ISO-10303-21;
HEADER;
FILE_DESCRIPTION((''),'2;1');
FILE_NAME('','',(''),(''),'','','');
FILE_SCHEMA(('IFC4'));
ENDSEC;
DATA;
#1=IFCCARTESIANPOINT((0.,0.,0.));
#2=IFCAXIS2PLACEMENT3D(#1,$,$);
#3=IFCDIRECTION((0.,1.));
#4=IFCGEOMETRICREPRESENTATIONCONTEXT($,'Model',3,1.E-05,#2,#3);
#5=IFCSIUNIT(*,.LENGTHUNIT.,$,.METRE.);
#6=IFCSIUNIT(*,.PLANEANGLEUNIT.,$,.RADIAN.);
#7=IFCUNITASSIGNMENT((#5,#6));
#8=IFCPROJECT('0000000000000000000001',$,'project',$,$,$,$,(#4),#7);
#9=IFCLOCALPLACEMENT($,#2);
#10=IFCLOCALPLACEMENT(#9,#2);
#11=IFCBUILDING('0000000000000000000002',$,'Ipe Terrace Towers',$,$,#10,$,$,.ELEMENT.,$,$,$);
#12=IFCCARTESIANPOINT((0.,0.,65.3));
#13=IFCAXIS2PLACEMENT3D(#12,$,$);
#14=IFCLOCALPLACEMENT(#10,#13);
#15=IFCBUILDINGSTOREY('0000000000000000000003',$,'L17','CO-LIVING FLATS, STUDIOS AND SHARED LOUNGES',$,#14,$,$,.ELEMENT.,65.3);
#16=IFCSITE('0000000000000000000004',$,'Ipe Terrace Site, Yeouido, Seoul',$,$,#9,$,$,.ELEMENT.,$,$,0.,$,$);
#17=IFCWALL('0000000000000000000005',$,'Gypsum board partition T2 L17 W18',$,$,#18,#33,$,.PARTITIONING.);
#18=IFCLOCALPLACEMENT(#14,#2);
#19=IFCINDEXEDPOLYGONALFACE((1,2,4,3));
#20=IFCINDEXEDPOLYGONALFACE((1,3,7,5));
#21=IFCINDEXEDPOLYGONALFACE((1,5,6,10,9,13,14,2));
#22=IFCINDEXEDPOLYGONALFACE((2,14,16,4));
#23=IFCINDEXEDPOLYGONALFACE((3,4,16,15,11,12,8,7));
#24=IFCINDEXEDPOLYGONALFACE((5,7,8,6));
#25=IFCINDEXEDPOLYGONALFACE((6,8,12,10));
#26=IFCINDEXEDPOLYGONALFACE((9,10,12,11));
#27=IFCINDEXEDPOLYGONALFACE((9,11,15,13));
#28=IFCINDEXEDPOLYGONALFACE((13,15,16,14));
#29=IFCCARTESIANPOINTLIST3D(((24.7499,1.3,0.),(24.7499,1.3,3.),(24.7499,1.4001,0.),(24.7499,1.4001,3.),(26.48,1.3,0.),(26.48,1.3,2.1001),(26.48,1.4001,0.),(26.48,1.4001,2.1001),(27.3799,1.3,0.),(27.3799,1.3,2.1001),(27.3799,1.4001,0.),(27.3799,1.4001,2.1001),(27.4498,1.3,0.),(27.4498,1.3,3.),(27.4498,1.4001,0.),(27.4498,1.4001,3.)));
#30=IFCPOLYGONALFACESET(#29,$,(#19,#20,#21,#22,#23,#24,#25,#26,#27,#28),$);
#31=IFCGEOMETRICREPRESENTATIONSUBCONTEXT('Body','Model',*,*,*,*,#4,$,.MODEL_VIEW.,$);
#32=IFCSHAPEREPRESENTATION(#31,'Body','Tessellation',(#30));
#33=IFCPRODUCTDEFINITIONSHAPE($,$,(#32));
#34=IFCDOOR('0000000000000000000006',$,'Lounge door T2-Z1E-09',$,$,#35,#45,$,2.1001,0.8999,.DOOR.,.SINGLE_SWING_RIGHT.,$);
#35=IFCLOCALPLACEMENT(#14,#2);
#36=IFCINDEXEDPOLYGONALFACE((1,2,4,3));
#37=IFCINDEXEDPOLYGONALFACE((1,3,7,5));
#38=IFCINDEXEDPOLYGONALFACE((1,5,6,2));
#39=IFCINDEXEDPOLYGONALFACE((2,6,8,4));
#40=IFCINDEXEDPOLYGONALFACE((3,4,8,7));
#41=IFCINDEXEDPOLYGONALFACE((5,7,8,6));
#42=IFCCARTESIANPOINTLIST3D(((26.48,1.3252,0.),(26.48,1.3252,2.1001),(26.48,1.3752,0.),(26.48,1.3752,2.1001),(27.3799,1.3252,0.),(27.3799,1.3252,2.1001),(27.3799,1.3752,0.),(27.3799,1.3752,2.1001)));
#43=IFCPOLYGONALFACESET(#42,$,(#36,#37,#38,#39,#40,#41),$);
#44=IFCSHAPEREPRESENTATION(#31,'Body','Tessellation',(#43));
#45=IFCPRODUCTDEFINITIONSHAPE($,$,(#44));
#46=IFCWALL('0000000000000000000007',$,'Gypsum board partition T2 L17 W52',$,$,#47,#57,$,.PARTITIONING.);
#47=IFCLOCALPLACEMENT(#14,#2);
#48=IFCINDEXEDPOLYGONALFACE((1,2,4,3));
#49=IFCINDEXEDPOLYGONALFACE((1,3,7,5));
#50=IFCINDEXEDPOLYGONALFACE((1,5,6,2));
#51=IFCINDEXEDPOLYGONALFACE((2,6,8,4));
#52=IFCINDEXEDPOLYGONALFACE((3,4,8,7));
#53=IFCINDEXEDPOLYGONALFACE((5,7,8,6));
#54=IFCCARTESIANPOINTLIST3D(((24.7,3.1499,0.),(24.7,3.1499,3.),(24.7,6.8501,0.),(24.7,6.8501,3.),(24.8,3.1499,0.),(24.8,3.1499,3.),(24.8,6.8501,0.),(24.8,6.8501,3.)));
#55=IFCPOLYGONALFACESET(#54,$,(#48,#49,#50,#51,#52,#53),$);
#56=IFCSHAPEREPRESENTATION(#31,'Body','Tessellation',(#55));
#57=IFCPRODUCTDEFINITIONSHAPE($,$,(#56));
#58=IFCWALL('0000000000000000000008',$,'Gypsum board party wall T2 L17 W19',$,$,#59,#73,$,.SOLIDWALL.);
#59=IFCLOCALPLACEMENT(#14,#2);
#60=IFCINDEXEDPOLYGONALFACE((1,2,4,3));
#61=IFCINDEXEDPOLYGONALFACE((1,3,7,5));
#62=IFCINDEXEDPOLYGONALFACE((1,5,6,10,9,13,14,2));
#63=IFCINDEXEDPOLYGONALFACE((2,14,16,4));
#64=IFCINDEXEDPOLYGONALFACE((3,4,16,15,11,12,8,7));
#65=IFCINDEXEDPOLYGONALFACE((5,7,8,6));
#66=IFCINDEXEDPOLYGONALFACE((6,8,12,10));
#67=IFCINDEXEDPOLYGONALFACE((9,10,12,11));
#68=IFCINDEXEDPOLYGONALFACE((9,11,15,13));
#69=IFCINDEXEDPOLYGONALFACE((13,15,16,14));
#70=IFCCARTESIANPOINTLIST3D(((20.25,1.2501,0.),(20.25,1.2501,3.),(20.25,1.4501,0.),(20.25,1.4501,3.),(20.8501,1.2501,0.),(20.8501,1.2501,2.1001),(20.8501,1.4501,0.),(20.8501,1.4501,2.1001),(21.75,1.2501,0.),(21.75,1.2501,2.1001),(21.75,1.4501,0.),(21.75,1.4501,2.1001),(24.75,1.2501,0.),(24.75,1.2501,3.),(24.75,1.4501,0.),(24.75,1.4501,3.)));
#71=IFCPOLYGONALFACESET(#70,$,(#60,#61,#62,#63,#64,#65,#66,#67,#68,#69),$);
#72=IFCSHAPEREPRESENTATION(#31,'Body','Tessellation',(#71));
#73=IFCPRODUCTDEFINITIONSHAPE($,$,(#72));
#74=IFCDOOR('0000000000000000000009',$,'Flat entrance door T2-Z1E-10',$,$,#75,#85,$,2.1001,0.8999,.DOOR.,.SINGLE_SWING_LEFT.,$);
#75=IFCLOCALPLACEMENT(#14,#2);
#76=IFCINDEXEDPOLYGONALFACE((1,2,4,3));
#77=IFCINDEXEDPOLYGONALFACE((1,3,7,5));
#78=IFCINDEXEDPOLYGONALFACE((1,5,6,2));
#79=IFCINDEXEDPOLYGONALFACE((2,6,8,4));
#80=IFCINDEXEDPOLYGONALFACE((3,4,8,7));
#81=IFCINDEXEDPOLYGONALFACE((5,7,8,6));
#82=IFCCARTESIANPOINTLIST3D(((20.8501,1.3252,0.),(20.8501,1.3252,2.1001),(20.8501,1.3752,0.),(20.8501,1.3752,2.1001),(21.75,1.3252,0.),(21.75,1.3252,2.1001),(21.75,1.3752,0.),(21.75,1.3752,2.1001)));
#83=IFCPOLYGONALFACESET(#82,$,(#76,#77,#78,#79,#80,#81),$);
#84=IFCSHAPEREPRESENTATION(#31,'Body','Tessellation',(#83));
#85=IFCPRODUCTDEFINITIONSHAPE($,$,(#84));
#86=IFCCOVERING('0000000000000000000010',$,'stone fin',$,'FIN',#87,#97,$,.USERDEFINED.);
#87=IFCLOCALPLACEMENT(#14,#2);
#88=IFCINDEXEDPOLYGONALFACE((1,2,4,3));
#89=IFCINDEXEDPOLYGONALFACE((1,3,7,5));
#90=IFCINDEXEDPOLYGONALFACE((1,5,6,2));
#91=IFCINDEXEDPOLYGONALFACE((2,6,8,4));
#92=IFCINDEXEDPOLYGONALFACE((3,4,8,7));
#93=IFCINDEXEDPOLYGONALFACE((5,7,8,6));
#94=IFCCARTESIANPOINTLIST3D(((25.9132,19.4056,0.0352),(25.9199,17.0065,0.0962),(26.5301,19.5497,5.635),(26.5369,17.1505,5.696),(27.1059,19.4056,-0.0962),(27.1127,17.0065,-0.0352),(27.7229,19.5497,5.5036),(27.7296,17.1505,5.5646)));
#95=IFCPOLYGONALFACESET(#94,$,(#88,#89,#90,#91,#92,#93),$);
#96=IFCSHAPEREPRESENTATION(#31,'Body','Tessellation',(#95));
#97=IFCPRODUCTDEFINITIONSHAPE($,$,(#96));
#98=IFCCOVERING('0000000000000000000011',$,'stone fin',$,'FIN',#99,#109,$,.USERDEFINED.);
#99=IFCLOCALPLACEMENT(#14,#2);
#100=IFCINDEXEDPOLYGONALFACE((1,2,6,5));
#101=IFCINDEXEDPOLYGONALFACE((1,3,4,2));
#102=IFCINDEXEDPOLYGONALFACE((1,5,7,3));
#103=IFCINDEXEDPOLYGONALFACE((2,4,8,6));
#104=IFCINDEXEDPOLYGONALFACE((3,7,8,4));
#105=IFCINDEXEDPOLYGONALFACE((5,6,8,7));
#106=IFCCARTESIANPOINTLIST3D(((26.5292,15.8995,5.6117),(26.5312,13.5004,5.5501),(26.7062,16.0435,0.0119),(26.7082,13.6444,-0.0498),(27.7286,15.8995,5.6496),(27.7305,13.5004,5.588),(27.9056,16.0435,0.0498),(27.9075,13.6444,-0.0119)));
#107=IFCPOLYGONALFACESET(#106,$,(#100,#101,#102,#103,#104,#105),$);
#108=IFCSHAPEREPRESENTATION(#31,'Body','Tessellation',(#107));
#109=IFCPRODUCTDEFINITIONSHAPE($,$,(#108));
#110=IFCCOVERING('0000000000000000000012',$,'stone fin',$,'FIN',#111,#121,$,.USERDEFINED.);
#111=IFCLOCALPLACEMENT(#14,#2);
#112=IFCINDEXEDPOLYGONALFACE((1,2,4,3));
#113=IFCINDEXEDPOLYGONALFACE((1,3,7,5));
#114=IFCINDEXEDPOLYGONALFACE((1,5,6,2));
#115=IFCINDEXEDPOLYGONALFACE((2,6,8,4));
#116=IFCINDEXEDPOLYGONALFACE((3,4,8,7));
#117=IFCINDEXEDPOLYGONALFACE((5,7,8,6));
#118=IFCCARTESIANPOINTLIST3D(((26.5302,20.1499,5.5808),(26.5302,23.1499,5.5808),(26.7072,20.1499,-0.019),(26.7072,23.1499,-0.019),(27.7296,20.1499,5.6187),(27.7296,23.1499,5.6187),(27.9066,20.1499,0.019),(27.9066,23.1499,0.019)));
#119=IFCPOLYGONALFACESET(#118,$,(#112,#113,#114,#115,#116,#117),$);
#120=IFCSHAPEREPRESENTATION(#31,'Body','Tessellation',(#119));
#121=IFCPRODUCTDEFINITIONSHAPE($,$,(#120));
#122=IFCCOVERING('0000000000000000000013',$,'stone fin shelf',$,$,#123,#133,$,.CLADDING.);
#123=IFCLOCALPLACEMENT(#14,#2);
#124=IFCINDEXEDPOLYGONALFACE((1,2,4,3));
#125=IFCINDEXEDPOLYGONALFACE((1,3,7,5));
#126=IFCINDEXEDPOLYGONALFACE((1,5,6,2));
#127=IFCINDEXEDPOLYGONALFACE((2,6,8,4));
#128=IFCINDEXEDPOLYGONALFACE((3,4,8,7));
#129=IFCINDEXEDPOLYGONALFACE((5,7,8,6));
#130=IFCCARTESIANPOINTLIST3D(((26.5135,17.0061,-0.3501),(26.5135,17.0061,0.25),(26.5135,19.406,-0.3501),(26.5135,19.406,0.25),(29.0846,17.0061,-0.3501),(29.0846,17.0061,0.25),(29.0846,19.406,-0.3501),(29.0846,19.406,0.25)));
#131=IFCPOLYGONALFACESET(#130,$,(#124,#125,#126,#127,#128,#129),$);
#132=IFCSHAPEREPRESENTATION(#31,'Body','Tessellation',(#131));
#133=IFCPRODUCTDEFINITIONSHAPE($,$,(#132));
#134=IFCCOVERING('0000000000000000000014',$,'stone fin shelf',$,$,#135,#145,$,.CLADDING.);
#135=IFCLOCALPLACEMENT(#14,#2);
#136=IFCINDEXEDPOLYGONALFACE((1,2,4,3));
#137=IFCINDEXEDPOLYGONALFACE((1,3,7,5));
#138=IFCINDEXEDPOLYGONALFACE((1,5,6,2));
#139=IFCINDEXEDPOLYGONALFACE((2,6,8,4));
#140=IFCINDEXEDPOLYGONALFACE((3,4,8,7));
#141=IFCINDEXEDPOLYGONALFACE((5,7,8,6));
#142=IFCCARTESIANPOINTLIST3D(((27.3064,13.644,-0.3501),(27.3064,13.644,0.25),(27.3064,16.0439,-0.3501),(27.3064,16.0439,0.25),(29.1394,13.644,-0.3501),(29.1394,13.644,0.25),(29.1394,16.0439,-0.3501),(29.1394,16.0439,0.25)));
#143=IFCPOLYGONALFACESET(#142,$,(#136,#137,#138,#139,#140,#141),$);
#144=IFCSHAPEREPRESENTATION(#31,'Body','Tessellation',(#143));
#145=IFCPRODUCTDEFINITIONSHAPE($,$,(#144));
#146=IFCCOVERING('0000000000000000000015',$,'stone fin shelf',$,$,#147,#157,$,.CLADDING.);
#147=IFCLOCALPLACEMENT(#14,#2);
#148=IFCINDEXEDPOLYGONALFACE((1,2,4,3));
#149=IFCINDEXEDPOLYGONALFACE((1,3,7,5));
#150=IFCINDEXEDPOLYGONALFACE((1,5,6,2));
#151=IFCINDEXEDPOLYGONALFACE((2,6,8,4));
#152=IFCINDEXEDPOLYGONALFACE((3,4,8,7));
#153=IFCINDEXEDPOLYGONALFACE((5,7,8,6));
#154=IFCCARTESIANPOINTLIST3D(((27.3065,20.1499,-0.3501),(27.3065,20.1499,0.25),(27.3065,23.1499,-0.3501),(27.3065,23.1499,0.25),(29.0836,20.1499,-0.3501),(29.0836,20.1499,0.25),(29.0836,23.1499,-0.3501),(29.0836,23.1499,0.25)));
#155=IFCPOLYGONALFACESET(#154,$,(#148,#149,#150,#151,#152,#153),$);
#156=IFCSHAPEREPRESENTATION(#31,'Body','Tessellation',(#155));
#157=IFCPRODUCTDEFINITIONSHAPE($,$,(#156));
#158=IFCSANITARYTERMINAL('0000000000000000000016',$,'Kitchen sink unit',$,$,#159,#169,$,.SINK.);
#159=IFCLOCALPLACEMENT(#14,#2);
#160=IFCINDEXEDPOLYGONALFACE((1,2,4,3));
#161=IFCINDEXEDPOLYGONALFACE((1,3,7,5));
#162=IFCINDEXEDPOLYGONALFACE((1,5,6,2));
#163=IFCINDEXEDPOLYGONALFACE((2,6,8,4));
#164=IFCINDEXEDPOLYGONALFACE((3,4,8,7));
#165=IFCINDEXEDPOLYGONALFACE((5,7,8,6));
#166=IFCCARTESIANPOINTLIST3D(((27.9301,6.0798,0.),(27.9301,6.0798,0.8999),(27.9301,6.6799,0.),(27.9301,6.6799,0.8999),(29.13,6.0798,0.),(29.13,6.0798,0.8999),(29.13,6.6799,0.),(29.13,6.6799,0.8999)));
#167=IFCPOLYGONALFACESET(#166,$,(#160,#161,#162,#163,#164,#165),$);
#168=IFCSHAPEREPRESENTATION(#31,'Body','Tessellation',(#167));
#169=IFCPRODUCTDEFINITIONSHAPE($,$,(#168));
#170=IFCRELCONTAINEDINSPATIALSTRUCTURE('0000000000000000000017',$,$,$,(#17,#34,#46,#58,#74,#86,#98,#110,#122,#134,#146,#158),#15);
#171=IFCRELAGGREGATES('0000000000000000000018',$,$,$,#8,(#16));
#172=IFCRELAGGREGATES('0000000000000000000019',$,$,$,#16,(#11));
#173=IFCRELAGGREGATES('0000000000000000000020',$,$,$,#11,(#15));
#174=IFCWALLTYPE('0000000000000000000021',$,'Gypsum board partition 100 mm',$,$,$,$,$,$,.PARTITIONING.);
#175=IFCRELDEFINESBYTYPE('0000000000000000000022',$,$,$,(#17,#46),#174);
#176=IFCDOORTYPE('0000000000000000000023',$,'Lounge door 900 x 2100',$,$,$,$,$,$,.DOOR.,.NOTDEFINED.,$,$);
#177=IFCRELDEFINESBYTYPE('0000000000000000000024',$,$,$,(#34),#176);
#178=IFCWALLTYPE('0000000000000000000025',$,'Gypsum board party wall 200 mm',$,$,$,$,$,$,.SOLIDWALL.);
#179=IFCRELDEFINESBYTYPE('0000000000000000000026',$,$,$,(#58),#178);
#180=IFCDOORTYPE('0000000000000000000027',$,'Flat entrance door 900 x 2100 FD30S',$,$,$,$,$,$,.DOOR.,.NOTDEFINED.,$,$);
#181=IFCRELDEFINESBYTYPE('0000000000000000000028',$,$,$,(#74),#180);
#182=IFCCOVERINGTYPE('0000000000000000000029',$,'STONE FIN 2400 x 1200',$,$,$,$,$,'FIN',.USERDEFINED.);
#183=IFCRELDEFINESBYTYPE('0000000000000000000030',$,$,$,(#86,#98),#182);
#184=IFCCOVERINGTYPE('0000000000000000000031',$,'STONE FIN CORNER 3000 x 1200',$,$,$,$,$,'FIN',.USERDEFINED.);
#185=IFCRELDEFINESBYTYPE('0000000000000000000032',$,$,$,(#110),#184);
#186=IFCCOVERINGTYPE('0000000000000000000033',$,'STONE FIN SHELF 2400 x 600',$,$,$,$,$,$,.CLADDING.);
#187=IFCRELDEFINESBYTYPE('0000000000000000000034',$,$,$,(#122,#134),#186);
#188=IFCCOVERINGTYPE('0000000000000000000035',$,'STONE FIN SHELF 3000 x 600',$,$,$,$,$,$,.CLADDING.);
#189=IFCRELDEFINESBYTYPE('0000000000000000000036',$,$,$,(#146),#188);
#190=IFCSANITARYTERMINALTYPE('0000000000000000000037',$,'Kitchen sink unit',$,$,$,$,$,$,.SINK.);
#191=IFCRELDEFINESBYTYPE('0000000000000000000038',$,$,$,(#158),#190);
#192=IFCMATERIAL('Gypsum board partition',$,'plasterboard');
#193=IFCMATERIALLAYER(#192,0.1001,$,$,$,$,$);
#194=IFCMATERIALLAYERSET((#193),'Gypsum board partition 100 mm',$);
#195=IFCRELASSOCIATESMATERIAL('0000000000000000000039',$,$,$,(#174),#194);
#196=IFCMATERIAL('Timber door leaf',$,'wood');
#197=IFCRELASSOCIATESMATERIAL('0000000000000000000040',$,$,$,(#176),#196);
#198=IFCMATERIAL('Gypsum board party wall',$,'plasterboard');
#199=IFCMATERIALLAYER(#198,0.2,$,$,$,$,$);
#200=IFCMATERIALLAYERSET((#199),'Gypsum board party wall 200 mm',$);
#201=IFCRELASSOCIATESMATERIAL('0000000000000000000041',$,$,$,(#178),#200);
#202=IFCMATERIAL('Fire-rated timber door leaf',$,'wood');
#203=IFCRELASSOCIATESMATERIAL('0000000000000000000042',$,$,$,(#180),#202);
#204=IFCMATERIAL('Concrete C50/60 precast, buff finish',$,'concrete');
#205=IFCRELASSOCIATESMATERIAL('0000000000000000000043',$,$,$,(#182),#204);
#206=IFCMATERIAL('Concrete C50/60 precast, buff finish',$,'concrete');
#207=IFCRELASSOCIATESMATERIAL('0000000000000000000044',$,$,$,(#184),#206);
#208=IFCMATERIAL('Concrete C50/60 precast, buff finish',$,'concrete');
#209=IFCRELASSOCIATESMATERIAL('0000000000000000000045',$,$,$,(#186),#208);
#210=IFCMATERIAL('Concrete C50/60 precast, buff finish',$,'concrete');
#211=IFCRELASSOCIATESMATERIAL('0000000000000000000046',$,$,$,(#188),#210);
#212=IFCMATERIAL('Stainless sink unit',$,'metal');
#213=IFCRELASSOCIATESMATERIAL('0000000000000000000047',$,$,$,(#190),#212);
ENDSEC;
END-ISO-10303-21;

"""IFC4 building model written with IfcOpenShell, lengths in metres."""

from ifc_helpers import new_model, si_unit, direction, frame, frame_2d, origin, origin_2d, place, context, subcontext, project, spatial, rectangle, extrude, material, layer, layer_set, material_profile, profile_set, type_object, element, fill, save


model = new_model("IFC4")

# Units and contexts
model_context = context("Model", 3, precision=1e-05, world=origin(), true_north=direction((0.0, 1.0)))
body_context = subcontext(model_context, "Body", "Model", "MODEL_VIEW")
ifc_project = project(units=[si_unit("LENGTHUNIT", "METRE"), si_unit("PLANEANGLEUNIT", "RADIAN")], contexts=[model_context])

# Site, building, storey
site_placement = place(None, origin())
site = spatial("IfcSite", under=ifc_project, at=site_placement, Name="Ipe Terrace Site, Yeouido, Seoul", CompositionType="ELEMENT", RefElevation=0.0)
building_placement = place(site_placement, origin())
building = spatial("IfcBuilding", under=site, at=building_placement, Name="Ipe Terrace Towers", CompositionType="ELEMENT")
storey_placement = place(building_placement, frame((0.0, 0.0, 65.3)))
storey = spatial("IfcBuildingStorey", under=building, at=storey_placement, Name="L17", Description="CO-LIVING FLATS, STUDIOS AND SHARED LOUNGES", CompositionType="ELEMENT", Elevation=65.3)

# Wall, opening, door
ifc_material_1 = material(Name="Gypsum board partition", Category="plasterboard")
ifc_layer_1 = layer(ifc_material_1, 0.1001)
ifc_layer_set_1 = layer_set([ifc_layer_1], Name="Gypsum board partition 100 mm")
wall_type_1 = type_object("IfcWallType", Name="Gypsum board partition 100 mm", PredefinedType="PARTITIONING", material=ifc_layer_set_1)
wall_1_placement = place(storey_placement, frame((27.45, 1.3501, 0.0), z_axis=(0.0, 0.0, 1.0), x_axis=(-1.0, 0.0, 0.0)))
wall_1 = element("IfcWall", 1, at=wall_1_placement, inside=storey, type_object=wall_type_1, Name="Gypsum board partition T2 L17 W18", PredefinedType="PARTITIONING", context=body_context, shape_type="SweptSolid", body=[
    extrude(rectangle(XDim=2.7, YDim=0.1001, at=frame_2d((1.3501, 0.0))), origin(), (0.0, 0.0, 1.0), 3.0),
])
opening_1_placement = place(wall_1_placement, frame((0.0701, 0.0, 0.0)))
opening_1 = element("IfcOpeningElement", 2, at=opening_1_placement, cuts=wall_1, PredefinedType="OPENING", context=body_context, shape_type="SweptSolid", body=[
    extrude(rectangle(XDim=0.8999, YDim=2.1001, at=frame_2d((0.45, 1.05))), frame((0.0, 0.0601, 0.0), z_axis=(0.0, -1.0, 0.0), x_axis=(1.0, 0.0, 0.0)), (0.0, 0.0, 1.0), 0.1201),
])
ifc_material_2 = material(Name="Timber door leaf", Category="wood")
door_type_1 = type_object("IfcDoorType", Name="Lounge door 900 x 2100", OperationType="NOTDEFINED", PredefinedType="DOOR", material=ifc_material_2)
door_1_placement = place(opening_1_placement, origin())
door_1 = element("IfcDoor", 3, at=door_1_placement, inside=storey, type_object=door_type_1, Name="Lounge door T2-Z1E-09", OperationType="SINGLE_SWING_RIGHT", OverallHeight=2.1001, OverallWidth=0.8999, PredefinedType="DOOR", context=body_context, shape_type="SweptSolid", body=[
    extrude(rectangle(XDim=0.8999, YDim=2.1001, at=frame_2d((0.45, 1.05))), frame((0.0, 0.0249, 0.0), z_axis=(0.0, -1.0, 0.0), x_axis=(1.0, 0.0, 0.0)), (0.0, 0.0, 1.0), 0.05),
])
fill(opening_1, door_1)

# Wall
wall_2_placement = place(storey_placement, frame((24.75, 3.1499, 0.0), z_axis=(0.0, 0.0, 1.0), x_axis=(0.0, 1.0, 0.0)))
element("IfcWall", 4, at=wall_2_placement, inside=storey, type_object=wall_type_1, Name="Gypsum board partition T2 L17 W52", PredefinedType="PARTITIONING", context=body_context, shape_type="SweptSolid", body=[
    extrude(rectangle(XDim=3.7002, YDim=0.1001, at=frame_2d((1.8501, 0.0))), origin(), (0.0, 0.0, 1.0), 3.0),
])

# Wall, opening, door
ifc_material_3 = material(Name="Gypsum board party wall", Category="plasterboard")
ifc_layer_2 = layer(ifc_material_3, 0.2)
ifc_layer_set_2 = layer_set([ifc_layer_2], Name="Gypsum board party wall 200 mm")
wall_type_2 = type_object("IfcWallType", Name="Gypsum board party wall 200 mm", PredefinedType="SOLIDWALL", material=ifc_layer_set_2)
wall_3_placement = place(storey_placement, frame((24.75, 1.3501, 0.0), z_axis=(0.0, 0.0, 1.0), x_axis=(-1.0, 0.0, 0.0)))
wall_3 = element("IfcWall", 5, at=wall_3_placement, inside=storey, type_object=wall_type_2, Name="Gypsum board party wall T2 L17 W19", PredefinedType="SOLIDWALL", context=body_context, shape_type="SweptSolid", body=[
    extrude(rectangle(XDim=4.5, YDim=0.2, at=frame_2d((2.25, 0.0))), origin(), (0.0, 0.0, 1.0), 3.0),
])
opening_2_placement = place(wall_3_placement, frame((3.0, 0.0, 0.0)))
opening_2 = element("IfcOpeningElement", 6, at=opening_2_placement, cuts=wall_3, PredefinedType="OPENING", context=body_context, shape_type="SweptSolid", body=[
    extrude(rectangle(XDim=0.8999, YDim=2.1001, at=frame_2d((0.45, 1.05))), frame((0.0, 0.1099, 0.0), z_axis=(0.0, -1.0, 0.0), x_axis=(1.0, 0.0, 0.0)), (0.0, 0.0, 1.0), 0.22),
])
ifc_material_4 = material(Name="Fire-rated timber door leaf", Category="wood")
door_type_2 = type_object("IfcDoorType", Name="Flat entrance door 900 x 2100 FD30S", OperationType="NOTDEFINED", PredefinedType="DOOR", material=ifc_material_4)
door_2_placement = place(opening_2_placement, origin())
door_2 = element("IfcDoor", 7, at=door_2_placement, inside=storey, type_object=door_type_2, Name="Flat entrance door T2-Z1E-10", OperationType="SINGLE_SWING_LEFT", OverallHeight=2.1001, OverallWidth=0.8999, PredefinedType="DOOR", context=body_context, shape_type="SweptSolid", body=[
    extrude(rectangle(XDim=0.8999, YDim=2.1001, at=frame_2d((0.45, 1.05))), frame((0.0, 0.0249, 0.0), z_axis=(0.0, -1.0, 0.0), x_axis=(1.0, 0.0, 0.0)), (0.0, 0.0, 1.0), 0.05),
])
fill(opening_2, door_2)

# Coverings
ifc_material_5 = material(Name="Concrete C50/60 precast, buff finish", Category="concrete")
ifc_material_profile_1 = material_profile(ifc_material_5, rectangle(XDim=2.3999, YDim=1.2, at=origin_2d()), Name="STONE FIN 2400 x 1200")
ifc_profile_set_1 = profile_set([ifc_material_profile_1], Name="Concrete C50/60 precast, buff finish")
covering_type_1 = type_object("IfcCoveringType", Name="STONE FIN 2400 x 1200", ElementType="FIN", PredefinedType="USERDEFINED", material=ifc_profile_set_1)
covering_1_placement = place(storey_placement, frame((26.5129, 18.2061, 0.0), z_axis=(0.109473, 0.02556, 0.993661), x_axis=(0.002799, -0.999673, 0.025406)))
element("IfcCovering", 8, at=covering_1_placement, inside=storey, type_object=covering_type_1, Name="stone fin", ObjectType="FIN", PredefinedType="USERDEFINED", context=body_context, shape_type="SweptSolid", body=[
    extrude(rectangle(XDim=2.3999, YDim=1.2, at=origin_2d()), origin(), (0.0, 0.0, 1.0), 5.6355),
])
covering_2_placement = place(storey_placement, frame((27.3069, 14.844, 0.0), z_axis=(-0.031582, -0.025701, 0.999171), x_axis=(0.000812, -0.99967, -0.025688)))
element("IfcCovering", 9, at=covering_2_placement, inside=storey, type_object=covering_type_1, Name="stone fin", ObjectType="FIN", PredefinedType="USERDEFINED", context=body_context, shape_type="SweptSolid", body=[
    extrude(rectangle(XDim=2.3999, YDim=1.2, at=origin_2d()), origin(), (0.0, 0.0, 1.0), 5.6045),
])
ifc_material_6 = material(Name="Concrete C50/60 precast, buff finish", Category="concrete")
ifc_material_profile_2 = material_profile(ifc_material_6, rectangle(XDim=3.0, YDim=1.2, at=origin_2d()), Name="STONE FIN CORNER 3000 x 1200")
ifc_profile_set_2 = profile_set([ifc_material_profile_2], Name="Concrete C50/60 precast, buff finish")
covering_type_2 = type_object("IfcCoveringType", Name="STONE FIN CORNER 3000 x 1200", ElementType="FIN", PredefinedType="USERDEFINED", material=ifc_profile_set_2)
covering_3_placement = place(storey_placement, frame((27.3069, 21.6499, 0.0), z_axis=(-0.031593, 0.0, 0.999501), x_axis=(0.0, -1.0, 0.0)))
element("IfcCovering", 10, at=covering_3_placement, inside=storey, type_object=covering_type_2, Name="stone fin", ObjectType="FIN", PredefinedType="USERDEFINED", context=body_context, shape_type="SweptSolid", body=[
    extrude(rectangle(XDim=3.0, YDim=1.2, at=origin_2d()), origin(), (0.0, 0.0, 1.0), 5.6025),
])
ifc_material_7 = material(Name="Concrete C50/60 precast, buff finish", Category="concrete")
covering_type_3 = type_object("IfcCoveringType", Name="STONE FIN SHELF 2400 x 600", PredefinedType="CLADDING", material=ifc_material_7)
covering_4_placement = place(storey_placement, frame((27.7991, 18.2061, -0.3501), z_axis=(0.0, 0.0, 1.0), x_axis=(0.0, -1.0, 0.0)))
element("IfcCovering", 11, at=covering_4_placement, inside=storey, type_object=covering_type_3, Name="stone fin shelf", PredefinedType="CLADDING", context=body_context, shape_type="SweptSolid", body=[
    extrude(rectangle(XDim=2.3999, YDim=2.571, at=origin_2d()), origin(), (0.0, 0.0, 1.0), 0.6001),
])
covering_5_placement = place(storey_placement, frame((28.2229, 14.844, -0.3501), z_axis=(0.0, 0.0, 1.0), x_axis=(0.0, -1.0, 0.0)))
element("IfcCovering", 12, at=covering_5_placement, inside=storey, type_object=covering_type_3, Name="stone fin shelf", PredefinedType="CLADDING", context=body_context, shape_type="SweptSolid", body=[
    extrude(rectangle(XDim=2.3999, YDim=1.833, at=origin_2d()), origin(), (0.0, 0.0, 1.0), 0.6001),
])
ifc_material_8 = material(Name="Concrete C50/60 precast, buff finish", Category="concrete")
covering_type_4 = type_object("IfcCoveringType", Name="STONE FIN SHELF 3000 x 600", PredefinedType="CLADDING", material=ifc_material_8)
covering_6_placement = place(storey_placement, frame((28.1951, 21.6499, -0.3501), z_axis=(0.0, 0.0, 1.0), x_axis=(0.0, -1.0, 0.0)))
element("IfcCovering", 13, at=covering_6_placement, inside=storey, type_object=covering_type_4, Name="stone fin shelf", PredefinedType="CLADDING", context=body_context, shape_type="SweptSolid", body=[
    extrude(rectangle(XDim=3.0, YDim=1.7771, at=origin_2d()), origin(), (0.0, 0.0, 1.0), 0.6001),
])

# Sanitary terminal
ifc_material_9 = material(Name="Stainless sink unit", Category="metal")
sanitary_terminal_type_1 = type_object("IfcSanitaryTerminalType", Name="Kitchen sink unit", PredefinedType="SINK", material=ifc_material_9)
sanitary_terminal_1_placement = place(storey_placement, frame((28.53, 6.3799, 0.0), z_axis=(0.0, 0.0, 1.0), x_axis=(1.0, 0.0, 0.0)))
element("IfcSanitaryTerminal", 14, at=sanitary_terminal_1_placement, inside=storey, type_object=sanitary_terminal_type_1, Name="Kitchen sink unit", PredefinedType="SINK", context=body_context, shape_type="SweptSolid", body=[
    extrude(rectangle(XDim=1.2, YDim=0.6001, at=origin_2d()), origin(), (0.0, 0.0, 1.0), 0.8999),
])

save(model, "model.ifc")
